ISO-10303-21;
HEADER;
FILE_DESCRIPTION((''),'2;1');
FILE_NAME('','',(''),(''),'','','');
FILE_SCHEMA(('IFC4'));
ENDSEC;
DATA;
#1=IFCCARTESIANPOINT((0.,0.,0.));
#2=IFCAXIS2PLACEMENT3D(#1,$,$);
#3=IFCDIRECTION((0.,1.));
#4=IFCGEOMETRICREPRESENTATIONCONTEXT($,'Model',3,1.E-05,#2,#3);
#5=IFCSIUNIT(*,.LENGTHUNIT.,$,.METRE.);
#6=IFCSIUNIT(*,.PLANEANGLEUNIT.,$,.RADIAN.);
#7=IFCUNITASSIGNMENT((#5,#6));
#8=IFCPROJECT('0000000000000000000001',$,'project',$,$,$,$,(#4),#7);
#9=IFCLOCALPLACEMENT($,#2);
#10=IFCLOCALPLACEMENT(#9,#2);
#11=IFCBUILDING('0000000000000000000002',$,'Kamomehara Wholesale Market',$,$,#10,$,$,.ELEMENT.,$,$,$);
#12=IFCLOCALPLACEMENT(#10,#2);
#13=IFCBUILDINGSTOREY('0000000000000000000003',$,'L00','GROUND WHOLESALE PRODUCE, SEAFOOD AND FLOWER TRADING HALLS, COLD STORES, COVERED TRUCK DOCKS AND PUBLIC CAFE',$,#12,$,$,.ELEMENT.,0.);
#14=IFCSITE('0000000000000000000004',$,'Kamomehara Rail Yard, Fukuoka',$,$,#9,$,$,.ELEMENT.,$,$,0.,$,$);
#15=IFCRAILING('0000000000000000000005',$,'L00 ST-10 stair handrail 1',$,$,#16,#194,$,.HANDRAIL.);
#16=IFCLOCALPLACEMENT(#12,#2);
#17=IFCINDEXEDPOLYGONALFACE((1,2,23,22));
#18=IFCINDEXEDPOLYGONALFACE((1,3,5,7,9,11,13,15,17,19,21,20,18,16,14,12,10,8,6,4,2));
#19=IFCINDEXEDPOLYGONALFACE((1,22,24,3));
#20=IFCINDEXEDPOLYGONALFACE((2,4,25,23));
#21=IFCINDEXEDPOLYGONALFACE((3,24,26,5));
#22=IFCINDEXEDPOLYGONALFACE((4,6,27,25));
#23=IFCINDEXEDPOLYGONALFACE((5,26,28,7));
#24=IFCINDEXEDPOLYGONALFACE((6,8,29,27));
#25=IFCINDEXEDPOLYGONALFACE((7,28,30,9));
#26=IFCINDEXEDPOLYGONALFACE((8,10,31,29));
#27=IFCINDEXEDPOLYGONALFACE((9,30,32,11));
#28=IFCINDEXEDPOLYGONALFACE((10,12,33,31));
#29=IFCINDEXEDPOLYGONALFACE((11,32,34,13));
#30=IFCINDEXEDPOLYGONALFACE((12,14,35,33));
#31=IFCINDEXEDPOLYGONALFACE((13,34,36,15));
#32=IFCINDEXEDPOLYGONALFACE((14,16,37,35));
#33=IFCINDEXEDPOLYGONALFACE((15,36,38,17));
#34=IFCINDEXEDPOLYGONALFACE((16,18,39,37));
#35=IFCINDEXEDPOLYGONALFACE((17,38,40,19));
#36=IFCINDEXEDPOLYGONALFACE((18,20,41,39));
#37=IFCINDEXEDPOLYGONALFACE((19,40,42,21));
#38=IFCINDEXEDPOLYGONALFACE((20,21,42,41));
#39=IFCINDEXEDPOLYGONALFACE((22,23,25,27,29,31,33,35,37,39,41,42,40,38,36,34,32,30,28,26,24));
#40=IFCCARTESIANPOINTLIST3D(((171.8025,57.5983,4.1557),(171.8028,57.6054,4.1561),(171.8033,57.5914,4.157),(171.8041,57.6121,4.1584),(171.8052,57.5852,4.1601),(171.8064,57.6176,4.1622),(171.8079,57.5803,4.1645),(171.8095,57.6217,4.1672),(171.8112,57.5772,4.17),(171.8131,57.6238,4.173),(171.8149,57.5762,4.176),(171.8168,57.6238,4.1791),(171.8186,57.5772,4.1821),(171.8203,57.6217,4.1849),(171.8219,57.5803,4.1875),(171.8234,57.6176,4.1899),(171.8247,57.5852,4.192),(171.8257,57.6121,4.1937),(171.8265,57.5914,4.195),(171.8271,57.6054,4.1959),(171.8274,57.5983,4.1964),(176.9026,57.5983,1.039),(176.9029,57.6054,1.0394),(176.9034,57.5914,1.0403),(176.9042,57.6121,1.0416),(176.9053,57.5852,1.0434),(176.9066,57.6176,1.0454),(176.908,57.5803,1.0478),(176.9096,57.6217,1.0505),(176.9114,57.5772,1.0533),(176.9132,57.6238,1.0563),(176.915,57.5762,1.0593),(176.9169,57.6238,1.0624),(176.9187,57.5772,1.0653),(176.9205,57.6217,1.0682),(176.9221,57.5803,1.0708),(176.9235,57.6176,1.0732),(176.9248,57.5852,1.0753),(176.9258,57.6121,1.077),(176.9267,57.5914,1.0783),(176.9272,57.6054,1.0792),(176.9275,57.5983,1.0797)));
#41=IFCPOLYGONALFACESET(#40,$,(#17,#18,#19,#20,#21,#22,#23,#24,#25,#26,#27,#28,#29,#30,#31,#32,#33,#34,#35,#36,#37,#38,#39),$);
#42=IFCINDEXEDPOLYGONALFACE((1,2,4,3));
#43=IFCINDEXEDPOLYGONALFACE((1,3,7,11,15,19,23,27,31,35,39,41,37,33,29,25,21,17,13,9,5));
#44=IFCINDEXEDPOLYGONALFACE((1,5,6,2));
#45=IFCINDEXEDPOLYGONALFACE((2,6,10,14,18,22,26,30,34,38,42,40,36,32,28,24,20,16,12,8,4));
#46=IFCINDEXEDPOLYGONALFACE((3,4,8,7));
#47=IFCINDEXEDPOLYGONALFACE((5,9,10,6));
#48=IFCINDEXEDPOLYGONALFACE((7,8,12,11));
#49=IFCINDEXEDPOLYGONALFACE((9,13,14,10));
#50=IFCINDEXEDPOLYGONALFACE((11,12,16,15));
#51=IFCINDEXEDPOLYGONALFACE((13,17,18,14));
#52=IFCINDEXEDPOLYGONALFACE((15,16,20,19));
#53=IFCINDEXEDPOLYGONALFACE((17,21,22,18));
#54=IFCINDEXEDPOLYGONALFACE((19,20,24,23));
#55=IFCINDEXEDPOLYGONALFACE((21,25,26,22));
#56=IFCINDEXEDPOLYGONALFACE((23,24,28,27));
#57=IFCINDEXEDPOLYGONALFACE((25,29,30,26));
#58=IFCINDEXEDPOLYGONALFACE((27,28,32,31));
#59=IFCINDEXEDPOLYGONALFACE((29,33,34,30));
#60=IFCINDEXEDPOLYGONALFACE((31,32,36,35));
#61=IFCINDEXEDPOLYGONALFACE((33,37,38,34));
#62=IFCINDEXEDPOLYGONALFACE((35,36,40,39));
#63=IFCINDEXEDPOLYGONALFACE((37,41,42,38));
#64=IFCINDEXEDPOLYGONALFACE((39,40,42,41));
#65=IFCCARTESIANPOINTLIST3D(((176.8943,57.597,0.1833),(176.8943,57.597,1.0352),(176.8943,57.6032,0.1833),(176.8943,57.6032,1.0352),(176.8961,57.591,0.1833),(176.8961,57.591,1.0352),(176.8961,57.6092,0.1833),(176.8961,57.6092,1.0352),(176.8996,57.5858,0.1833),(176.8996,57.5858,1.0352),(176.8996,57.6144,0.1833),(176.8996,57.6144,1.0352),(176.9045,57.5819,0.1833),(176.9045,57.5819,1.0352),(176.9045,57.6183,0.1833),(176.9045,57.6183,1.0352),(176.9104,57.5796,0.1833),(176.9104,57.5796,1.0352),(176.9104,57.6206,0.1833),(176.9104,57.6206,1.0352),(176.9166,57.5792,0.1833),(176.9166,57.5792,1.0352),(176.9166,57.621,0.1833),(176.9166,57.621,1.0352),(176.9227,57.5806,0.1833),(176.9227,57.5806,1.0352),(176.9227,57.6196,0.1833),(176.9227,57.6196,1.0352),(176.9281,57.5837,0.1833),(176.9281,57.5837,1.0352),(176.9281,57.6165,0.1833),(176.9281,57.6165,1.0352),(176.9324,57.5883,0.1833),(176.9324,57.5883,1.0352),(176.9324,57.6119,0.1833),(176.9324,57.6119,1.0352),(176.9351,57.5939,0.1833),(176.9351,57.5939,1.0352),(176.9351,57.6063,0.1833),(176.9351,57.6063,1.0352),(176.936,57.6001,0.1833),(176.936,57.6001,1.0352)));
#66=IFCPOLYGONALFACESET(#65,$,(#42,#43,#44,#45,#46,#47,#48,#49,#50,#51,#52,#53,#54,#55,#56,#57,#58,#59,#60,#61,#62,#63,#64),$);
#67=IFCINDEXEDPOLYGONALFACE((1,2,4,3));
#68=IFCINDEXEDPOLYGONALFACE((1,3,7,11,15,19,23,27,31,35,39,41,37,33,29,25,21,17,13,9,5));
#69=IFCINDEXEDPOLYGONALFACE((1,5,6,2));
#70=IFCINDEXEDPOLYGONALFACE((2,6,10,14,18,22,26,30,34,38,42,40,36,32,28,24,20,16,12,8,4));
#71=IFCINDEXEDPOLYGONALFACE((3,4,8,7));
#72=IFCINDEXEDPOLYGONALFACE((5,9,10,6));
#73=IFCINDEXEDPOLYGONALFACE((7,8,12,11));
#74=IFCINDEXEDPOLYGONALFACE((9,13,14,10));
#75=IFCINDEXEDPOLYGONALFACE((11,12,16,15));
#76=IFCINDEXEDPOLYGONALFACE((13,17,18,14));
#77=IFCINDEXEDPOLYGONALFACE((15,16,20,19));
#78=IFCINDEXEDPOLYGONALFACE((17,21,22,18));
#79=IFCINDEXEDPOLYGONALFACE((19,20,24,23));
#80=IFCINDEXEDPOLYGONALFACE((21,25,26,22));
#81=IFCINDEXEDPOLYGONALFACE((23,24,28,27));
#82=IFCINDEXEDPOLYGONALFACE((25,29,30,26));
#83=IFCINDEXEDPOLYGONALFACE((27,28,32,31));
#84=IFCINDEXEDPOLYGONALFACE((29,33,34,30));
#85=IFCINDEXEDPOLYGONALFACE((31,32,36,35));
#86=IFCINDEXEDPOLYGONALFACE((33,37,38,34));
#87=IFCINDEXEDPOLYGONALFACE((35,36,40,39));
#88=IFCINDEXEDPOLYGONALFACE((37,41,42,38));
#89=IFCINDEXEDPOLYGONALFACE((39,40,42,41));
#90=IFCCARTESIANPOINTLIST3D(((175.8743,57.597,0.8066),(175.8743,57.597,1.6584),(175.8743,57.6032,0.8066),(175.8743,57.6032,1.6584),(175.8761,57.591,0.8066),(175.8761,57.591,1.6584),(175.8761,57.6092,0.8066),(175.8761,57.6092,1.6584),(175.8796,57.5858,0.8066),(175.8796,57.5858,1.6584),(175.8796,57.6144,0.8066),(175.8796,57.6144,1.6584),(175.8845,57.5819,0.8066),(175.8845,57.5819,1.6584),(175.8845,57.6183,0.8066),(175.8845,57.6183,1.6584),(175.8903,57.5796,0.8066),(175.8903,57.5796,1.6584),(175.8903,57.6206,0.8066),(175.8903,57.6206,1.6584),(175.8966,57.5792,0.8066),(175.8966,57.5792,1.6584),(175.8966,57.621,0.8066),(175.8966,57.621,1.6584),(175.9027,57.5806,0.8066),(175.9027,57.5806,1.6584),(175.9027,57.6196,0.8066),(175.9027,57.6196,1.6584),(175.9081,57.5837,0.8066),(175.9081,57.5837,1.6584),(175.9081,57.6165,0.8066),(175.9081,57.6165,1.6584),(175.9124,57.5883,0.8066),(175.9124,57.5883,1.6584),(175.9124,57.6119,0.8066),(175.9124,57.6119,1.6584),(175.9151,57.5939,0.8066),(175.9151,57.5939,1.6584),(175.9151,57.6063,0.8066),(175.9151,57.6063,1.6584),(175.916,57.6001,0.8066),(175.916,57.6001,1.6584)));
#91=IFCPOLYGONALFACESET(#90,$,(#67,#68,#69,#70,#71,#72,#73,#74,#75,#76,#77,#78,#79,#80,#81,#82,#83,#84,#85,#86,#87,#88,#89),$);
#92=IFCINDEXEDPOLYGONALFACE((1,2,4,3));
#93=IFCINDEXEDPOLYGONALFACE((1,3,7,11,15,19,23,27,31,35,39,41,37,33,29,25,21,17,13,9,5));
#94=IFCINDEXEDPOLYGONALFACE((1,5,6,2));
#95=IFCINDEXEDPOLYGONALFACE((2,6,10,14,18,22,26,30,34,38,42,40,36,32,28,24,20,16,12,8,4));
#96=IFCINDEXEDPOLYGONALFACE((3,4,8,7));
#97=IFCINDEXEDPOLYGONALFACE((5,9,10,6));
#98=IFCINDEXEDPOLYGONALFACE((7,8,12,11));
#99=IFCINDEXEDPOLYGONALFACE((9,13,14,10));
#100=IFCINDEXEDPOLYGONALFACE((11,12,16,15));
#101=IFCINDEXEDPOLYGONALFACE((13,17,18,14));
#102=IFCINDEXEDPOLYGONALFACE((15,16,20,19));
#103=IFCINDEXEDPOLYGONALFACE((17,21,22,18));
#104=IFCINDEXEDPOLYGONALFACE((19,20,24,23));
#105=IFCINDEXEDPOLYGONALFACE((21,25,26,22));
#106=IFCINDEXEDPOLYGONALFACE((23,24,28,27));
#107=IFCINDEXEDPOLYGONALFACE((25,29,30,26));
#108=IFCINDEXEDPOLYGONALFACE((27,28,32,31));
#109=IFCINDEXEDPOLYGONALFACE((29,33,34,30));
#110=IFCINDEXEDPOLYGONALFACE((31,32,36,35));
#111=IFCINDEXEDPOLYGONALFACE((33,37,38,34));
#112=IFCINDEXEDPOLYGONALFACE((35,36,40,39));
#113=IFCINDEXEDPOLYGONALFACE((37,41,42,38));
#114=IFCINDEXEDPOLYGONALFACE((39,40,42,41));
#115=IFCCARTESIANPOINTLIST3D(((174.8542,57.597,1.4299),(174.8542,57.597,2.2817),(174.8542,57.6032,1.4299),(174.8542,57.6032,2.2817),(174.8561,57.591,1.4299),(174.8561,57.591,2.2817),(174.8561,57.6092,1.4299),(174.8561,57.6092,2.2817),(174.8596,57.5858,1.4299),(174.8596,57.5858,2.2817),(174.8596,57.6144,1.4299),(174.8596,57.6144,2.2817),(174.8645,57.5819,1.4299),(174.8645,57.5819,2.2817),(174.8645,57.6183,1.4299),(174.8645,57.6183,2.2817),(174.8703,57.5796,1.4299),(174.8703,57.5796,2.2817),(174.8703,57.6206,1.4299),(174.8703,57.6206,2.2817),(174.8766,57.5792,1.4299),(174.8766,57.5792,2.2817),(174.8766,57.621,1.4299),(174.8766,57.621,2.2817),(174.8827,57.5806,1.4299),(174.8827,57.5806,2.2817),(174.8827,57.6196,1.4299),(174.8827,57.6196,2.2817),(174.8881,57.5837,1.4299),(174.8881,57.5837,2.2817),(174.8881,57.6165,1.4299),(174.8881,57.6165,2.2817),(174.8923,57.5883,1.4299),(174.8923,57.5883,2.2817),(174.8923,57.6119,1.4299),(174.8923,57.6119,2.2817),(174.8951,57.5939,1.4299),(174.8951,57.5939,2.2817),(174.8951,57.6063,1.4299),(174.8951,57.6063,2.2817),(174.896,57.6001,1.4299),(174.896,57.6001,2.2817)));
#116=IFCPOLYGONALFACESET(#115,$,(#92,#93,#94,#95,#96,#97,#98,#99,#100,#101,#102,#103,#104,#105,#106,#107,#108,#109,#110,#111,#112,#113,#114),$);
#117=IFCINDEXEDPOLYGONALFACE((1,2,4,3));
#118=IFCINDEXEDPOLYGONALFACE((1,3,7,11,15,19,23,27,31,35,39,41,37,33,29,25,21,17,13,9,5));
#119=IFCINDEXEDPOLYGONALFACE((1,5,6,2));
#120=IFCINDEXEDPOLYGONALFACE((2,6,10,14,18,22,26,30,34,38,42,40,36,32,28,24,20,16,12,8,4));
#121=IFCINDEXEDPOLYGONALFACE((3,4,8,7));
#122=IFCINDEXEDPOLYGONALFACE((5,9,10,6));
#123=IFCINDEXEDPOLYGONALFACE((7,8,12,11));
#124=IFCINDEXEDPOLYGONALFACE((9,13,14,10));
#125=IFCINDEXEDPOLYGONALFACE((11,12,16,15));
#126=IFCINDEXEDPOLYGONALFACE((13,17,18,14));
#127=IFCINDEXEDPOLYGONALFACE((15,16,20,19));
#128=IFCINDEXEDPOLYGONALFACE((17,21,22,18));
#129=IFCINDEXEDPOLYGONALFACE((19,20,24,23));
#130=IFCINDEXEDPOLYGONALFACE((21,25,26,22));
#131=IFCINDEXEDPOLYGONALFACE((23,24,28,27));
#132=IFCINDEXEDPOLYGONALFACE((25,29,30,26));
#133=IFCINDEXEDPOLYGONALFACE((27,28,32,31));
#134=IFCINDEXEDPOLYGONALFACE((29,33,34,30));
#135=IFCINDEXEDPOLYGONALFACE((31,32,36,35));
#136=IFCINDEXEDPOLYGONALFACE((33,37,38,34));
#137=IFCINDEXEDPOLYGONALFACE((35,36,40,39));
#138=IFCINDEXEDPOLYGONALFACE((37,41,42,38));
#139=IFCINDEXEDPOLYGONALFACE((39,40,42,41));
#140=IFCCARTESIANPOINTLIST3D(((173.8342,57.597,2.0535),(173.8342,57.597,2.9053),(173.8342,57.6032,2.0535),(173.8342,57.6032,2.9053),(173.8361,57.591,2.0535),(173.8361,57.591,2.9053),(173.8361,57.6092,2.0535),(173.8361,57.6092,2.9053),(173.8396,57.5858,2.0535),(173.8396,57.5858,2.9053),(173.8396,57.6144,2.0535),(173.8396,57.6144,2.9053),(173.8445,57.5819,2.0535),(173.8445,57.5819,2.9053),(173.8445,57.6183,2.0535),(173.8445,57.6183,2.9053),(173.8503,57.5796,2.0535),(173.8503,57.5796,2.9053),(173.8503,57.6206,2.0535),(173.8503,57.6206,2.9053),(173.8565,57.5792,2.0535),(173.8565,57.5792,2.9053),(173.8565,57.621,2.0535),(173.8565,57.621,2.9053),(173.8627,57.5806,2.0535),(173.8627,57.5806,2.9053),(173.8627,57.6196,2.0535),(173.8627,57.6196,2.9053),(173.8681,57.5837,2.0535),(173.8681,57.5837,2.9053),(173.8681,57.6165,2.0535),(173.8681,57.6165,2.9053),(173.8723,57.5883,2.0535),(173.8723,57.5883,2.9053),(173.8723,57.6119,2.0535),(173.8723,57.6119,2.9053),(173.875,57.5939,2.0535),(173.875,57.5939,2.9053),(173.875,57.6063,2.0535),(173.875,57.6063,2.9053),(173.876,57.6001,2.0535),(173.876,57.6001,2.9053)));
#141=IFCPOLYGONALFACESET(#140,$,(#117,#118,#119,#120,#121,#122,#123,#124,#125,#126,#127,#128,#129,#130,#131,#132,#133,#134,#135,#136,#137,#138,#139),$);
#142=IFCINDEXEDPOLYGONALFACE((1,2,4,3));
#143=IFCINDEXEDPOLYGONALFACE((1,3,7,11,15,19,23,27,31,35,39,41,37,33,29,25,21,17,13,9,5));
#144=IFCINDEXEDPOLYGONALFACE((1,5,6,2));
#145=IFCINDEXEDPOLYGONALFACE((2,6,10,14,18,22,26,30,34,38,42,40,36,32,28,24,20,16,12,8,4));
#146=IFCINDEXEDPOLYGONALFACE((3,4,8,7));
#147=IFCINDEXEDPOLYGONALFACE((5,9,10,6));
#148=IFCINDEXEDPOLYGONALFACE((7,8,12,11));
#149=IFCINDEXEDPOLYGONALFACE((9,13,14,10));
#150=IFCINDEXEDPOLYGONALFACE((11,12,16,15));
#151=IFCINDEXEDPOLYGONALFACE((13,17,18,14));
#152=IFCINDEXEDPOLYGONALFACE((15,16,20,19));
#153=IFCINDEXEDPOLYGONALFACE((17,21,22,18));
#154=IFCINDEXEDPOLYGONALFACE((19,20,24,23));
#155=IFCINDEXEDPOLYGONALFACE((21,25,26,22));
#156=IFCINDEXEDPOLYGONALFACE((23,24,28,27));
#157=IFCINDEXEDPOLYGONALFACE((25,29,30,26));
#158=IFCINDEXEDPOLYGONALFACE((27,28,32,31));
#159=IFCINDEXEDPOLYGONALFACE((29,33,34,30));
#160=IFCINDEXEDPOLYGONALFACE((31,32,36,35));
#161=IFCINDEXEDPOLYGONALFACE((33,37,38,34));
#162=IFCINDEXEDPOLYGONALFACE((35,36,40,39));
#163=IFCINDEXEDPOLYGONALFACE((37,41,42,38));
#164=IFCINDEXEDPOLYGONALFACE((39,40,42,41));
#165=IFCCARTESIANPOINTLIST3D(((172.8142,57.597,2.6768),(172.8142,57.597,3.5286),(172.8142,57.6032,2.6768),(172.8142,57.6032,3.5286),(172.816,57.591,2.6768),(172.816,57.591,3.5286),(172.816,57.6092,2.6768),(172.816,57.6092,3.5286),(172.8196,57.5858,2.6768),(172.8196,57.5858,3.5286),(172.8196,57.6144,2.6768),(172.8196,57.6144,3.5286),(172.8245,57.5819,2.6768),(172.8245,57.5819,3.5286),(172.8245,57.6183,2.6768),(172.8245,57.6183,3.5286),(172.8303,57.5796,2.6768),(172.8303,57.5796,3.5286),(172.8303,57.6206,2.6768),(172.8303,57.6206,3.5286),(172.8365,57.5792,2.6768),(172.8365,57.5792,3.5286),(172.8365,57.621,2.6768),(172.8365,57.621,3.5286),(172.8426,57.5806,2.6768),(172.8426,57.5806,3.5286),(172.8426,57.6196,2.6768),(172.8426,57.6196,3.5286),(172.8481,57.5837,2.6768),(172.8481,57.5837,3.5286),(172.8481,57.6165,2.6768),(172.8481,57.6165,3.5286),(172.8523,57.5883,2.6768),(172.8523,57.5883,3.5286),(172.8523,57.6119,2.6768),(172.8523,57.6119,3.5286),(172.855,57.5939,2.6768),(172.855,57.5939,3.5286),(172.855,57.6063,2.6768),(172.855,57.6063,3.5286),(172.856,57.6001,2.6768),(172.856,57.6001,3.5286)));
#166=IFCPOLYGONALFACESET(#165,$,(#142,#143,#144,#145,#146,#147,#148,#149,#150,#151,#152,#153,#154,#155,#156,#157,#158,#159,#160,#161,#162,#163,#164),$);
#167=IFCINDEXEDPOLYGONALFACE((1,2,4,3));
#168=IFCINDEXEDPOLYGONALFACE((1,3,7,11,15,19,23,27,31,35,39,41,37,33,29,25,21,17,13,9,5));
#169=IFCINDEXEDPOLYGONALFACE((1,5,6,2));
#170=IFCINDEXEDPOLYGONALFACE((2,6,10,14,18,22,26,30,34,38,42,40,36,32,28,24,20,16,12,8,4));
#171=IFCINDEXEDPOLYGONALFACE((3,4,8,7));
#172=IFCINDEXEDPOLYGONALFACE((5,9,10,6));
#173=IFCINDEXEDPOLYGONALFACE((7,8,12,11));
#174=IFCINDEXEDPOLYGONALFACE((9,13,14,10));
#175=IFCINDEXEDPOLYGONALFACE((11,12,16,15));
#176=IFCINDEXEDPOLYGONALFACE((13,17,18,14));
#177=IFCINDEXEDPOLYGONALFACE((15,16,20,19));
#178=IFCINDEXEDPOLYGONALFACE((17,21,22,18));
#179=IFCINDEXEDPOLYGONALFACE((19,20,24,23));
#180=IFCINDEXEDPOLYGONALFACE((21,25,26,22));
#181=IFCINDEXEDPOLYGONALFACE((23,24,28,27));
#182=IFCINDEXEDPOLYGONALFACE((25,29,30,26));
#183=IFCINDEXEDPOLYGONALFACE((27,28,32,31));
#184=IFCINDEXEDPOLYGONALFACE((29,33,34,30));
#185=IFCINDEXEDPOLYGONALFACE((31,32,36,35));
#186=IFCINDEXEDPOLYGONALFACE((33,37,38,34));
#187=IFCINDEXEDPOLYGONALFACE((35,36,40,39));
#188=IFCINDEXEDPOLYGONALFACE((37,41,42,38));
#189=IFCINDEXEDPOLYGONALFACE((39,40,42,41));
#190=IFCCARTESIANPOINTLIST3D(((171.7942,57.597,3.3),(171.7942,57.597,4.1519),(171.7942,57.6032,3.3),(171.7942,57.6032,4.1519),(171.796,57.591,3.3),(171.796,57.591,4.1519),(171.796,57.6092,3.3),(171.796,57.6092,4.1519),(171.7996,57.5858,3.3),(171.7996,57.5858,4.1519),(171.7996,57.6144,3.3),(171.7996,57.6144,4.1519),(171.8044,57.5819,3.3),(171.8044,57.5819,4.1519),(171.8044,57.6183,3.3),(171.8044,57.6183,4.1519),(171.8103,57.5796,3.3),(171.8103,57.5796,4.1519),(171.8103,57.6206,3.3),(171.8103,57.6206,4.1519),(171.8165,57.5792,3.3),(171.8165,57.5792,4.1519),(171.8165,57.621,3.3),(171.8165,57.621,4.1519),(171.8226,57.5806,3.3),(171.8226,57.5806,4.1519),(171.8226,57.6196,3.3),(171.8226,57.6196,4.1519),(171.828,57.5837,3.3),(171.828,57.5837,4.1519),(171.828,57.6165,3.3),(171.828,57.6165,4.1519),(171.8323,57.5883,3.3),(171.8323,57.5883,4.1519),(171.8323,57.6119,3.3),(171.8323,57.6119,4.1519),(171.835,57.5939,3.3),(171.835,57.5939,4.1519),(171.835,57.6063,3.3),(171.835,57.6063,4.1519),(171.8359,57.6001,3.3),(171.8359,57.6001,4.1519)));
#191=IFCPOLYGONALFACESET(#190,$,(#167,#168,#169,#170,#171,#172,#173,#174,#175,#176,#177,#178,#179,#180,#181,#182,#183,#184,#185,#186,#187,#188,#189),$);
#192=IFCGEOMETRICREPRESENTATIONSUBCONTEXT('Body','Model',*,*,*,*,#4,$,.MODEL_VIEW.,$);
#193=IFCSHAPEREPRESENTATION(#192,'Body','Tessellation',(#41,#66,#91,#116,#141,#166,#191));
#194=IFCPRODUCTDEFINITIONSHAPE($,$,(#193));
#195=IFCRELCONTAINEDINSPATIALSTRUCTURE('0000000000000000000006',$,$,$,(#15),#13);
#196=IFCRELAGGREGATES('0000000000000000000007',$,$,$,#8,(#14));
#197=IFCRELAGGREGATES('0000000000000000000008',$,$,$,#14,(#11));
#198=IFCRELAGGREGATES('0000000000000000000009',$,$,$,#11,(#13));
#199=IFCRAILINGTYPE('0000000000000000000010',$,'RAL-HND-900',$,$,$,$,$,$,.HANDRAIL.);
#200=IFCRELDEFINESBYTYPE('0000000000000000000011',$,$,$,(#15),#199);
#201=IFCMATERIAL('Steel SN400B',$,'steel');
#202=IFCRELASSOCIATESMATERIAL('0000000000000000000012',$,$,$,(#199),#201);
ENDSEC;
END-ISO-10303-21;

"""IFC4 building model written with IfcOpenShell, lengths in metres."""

from ifc_helpers import new_model, si_unit, direction, frame, origin, origin_2d, place, context, subcontext, project, spatial, circle, extrude, material, type_object, element, save


model = new_model("IFC4")

# Units and contexts
model_context = context("Model", 3, precision=1e-05, world=origin(), true_north=direction((0.0, 1.0)))
body_context = subcontext(model_context, "Body", "Model", "MODEL_VIEW")
ifc_project = project(units=[si_unit("LENGTHUNIT", "METRE"), si_unit("PLANEANGLEUNIT", "RADIAN")], contexts=[model_context])

# Site, building, storey
site_placement = place(None, origin())
site = spatial("IfcSite", under=ifc_project, at=site_placement, Name="Kamomehara Rail Yard, Fukuoka", CompositionType="ELEMENT", RefElevation=0.0)
building_placement = place(site_placement, origin())
building = spatial("IfcBuilding", under=site, at=building_placement, Name="Kamomehara Wholesale Market", CompositionType="ELEMENT")
storey_placement = place(building_placement, origin())
storey = spatial("IfcBuildingStorey", under=building, at=storey_placement, Name="L00", Description="GROUND WHOLESALE PRODUCE, SEAFOOD AND FLOWER TRADING HALLS, COLD STORES, COVERED TRUCK DOCKS AND PUBLIC CAFE", CompositionType="ELEMENT", Elevation=0.0)

# Railing
ifc_material_1 = material(Name="Steel SN400B", Category="steel")
railing_type_1 = type_object("IfcRailingType", Name="RAL-HND-900", PredefinedType="HANDRAIL", material=ifc_material_1)
railing_1_placement = place(storey_placement, frame((176.915, 57.6001, 0.1833)))
element("IfcRailing", 1, at=railing_1_placement, inside=storey, type_object=railing_type_1, Name="L00 ST-10 stair handrail 1", PredefinedType="HANDRAIL", context=body_context, shape_type="SweptSolid", body=[
    extrude(circle(Radius=0.0239, at=origin_2d()), frame((0.0, 0.0, 0.876), z_axis=(-0.853284, 0.0, 0.521447), x_axis=(0.0, -1.0, 0.0)), (0.0, 0.0, 1.0), 5.9771),
    extrude(circle(Radius=0.021, at=origin_2d()), origin(), (0.0, 0.0, 1.0), 0.8518),
    extrude(circle(Radius=0.021, at=origin_2d()), frame((-1.02, 0.0, 0.6233)), (0.0, 0.0, 1.0), 0.8518),
    extrude(circle(Radius=0.021, at=origin_2d()), frame((-2.04, 0.0, 1.2466)), (0.0, 0.0, 1.0), 0.8518),
    extrude(circle(Radius=0.021, at=origin_2d()), frame((-3.0601, 0.0, 1.8701)), (0.0, 0.0, 1.0), 0.8518),
    extrude(circle(Radius=0.021, at=origin_2d()), frame((-4.0801, 0.0, 2.4934)), (0.0, 0.0, 1.0), 0.8518),
    extrude(circle(Radius=0.021, at=origin_2d()), frame((-5.1001, 0.0, 3.1167)), (0.0, 0.0, 1.0), 0.8518),
])

save(model, "model.ifc")
